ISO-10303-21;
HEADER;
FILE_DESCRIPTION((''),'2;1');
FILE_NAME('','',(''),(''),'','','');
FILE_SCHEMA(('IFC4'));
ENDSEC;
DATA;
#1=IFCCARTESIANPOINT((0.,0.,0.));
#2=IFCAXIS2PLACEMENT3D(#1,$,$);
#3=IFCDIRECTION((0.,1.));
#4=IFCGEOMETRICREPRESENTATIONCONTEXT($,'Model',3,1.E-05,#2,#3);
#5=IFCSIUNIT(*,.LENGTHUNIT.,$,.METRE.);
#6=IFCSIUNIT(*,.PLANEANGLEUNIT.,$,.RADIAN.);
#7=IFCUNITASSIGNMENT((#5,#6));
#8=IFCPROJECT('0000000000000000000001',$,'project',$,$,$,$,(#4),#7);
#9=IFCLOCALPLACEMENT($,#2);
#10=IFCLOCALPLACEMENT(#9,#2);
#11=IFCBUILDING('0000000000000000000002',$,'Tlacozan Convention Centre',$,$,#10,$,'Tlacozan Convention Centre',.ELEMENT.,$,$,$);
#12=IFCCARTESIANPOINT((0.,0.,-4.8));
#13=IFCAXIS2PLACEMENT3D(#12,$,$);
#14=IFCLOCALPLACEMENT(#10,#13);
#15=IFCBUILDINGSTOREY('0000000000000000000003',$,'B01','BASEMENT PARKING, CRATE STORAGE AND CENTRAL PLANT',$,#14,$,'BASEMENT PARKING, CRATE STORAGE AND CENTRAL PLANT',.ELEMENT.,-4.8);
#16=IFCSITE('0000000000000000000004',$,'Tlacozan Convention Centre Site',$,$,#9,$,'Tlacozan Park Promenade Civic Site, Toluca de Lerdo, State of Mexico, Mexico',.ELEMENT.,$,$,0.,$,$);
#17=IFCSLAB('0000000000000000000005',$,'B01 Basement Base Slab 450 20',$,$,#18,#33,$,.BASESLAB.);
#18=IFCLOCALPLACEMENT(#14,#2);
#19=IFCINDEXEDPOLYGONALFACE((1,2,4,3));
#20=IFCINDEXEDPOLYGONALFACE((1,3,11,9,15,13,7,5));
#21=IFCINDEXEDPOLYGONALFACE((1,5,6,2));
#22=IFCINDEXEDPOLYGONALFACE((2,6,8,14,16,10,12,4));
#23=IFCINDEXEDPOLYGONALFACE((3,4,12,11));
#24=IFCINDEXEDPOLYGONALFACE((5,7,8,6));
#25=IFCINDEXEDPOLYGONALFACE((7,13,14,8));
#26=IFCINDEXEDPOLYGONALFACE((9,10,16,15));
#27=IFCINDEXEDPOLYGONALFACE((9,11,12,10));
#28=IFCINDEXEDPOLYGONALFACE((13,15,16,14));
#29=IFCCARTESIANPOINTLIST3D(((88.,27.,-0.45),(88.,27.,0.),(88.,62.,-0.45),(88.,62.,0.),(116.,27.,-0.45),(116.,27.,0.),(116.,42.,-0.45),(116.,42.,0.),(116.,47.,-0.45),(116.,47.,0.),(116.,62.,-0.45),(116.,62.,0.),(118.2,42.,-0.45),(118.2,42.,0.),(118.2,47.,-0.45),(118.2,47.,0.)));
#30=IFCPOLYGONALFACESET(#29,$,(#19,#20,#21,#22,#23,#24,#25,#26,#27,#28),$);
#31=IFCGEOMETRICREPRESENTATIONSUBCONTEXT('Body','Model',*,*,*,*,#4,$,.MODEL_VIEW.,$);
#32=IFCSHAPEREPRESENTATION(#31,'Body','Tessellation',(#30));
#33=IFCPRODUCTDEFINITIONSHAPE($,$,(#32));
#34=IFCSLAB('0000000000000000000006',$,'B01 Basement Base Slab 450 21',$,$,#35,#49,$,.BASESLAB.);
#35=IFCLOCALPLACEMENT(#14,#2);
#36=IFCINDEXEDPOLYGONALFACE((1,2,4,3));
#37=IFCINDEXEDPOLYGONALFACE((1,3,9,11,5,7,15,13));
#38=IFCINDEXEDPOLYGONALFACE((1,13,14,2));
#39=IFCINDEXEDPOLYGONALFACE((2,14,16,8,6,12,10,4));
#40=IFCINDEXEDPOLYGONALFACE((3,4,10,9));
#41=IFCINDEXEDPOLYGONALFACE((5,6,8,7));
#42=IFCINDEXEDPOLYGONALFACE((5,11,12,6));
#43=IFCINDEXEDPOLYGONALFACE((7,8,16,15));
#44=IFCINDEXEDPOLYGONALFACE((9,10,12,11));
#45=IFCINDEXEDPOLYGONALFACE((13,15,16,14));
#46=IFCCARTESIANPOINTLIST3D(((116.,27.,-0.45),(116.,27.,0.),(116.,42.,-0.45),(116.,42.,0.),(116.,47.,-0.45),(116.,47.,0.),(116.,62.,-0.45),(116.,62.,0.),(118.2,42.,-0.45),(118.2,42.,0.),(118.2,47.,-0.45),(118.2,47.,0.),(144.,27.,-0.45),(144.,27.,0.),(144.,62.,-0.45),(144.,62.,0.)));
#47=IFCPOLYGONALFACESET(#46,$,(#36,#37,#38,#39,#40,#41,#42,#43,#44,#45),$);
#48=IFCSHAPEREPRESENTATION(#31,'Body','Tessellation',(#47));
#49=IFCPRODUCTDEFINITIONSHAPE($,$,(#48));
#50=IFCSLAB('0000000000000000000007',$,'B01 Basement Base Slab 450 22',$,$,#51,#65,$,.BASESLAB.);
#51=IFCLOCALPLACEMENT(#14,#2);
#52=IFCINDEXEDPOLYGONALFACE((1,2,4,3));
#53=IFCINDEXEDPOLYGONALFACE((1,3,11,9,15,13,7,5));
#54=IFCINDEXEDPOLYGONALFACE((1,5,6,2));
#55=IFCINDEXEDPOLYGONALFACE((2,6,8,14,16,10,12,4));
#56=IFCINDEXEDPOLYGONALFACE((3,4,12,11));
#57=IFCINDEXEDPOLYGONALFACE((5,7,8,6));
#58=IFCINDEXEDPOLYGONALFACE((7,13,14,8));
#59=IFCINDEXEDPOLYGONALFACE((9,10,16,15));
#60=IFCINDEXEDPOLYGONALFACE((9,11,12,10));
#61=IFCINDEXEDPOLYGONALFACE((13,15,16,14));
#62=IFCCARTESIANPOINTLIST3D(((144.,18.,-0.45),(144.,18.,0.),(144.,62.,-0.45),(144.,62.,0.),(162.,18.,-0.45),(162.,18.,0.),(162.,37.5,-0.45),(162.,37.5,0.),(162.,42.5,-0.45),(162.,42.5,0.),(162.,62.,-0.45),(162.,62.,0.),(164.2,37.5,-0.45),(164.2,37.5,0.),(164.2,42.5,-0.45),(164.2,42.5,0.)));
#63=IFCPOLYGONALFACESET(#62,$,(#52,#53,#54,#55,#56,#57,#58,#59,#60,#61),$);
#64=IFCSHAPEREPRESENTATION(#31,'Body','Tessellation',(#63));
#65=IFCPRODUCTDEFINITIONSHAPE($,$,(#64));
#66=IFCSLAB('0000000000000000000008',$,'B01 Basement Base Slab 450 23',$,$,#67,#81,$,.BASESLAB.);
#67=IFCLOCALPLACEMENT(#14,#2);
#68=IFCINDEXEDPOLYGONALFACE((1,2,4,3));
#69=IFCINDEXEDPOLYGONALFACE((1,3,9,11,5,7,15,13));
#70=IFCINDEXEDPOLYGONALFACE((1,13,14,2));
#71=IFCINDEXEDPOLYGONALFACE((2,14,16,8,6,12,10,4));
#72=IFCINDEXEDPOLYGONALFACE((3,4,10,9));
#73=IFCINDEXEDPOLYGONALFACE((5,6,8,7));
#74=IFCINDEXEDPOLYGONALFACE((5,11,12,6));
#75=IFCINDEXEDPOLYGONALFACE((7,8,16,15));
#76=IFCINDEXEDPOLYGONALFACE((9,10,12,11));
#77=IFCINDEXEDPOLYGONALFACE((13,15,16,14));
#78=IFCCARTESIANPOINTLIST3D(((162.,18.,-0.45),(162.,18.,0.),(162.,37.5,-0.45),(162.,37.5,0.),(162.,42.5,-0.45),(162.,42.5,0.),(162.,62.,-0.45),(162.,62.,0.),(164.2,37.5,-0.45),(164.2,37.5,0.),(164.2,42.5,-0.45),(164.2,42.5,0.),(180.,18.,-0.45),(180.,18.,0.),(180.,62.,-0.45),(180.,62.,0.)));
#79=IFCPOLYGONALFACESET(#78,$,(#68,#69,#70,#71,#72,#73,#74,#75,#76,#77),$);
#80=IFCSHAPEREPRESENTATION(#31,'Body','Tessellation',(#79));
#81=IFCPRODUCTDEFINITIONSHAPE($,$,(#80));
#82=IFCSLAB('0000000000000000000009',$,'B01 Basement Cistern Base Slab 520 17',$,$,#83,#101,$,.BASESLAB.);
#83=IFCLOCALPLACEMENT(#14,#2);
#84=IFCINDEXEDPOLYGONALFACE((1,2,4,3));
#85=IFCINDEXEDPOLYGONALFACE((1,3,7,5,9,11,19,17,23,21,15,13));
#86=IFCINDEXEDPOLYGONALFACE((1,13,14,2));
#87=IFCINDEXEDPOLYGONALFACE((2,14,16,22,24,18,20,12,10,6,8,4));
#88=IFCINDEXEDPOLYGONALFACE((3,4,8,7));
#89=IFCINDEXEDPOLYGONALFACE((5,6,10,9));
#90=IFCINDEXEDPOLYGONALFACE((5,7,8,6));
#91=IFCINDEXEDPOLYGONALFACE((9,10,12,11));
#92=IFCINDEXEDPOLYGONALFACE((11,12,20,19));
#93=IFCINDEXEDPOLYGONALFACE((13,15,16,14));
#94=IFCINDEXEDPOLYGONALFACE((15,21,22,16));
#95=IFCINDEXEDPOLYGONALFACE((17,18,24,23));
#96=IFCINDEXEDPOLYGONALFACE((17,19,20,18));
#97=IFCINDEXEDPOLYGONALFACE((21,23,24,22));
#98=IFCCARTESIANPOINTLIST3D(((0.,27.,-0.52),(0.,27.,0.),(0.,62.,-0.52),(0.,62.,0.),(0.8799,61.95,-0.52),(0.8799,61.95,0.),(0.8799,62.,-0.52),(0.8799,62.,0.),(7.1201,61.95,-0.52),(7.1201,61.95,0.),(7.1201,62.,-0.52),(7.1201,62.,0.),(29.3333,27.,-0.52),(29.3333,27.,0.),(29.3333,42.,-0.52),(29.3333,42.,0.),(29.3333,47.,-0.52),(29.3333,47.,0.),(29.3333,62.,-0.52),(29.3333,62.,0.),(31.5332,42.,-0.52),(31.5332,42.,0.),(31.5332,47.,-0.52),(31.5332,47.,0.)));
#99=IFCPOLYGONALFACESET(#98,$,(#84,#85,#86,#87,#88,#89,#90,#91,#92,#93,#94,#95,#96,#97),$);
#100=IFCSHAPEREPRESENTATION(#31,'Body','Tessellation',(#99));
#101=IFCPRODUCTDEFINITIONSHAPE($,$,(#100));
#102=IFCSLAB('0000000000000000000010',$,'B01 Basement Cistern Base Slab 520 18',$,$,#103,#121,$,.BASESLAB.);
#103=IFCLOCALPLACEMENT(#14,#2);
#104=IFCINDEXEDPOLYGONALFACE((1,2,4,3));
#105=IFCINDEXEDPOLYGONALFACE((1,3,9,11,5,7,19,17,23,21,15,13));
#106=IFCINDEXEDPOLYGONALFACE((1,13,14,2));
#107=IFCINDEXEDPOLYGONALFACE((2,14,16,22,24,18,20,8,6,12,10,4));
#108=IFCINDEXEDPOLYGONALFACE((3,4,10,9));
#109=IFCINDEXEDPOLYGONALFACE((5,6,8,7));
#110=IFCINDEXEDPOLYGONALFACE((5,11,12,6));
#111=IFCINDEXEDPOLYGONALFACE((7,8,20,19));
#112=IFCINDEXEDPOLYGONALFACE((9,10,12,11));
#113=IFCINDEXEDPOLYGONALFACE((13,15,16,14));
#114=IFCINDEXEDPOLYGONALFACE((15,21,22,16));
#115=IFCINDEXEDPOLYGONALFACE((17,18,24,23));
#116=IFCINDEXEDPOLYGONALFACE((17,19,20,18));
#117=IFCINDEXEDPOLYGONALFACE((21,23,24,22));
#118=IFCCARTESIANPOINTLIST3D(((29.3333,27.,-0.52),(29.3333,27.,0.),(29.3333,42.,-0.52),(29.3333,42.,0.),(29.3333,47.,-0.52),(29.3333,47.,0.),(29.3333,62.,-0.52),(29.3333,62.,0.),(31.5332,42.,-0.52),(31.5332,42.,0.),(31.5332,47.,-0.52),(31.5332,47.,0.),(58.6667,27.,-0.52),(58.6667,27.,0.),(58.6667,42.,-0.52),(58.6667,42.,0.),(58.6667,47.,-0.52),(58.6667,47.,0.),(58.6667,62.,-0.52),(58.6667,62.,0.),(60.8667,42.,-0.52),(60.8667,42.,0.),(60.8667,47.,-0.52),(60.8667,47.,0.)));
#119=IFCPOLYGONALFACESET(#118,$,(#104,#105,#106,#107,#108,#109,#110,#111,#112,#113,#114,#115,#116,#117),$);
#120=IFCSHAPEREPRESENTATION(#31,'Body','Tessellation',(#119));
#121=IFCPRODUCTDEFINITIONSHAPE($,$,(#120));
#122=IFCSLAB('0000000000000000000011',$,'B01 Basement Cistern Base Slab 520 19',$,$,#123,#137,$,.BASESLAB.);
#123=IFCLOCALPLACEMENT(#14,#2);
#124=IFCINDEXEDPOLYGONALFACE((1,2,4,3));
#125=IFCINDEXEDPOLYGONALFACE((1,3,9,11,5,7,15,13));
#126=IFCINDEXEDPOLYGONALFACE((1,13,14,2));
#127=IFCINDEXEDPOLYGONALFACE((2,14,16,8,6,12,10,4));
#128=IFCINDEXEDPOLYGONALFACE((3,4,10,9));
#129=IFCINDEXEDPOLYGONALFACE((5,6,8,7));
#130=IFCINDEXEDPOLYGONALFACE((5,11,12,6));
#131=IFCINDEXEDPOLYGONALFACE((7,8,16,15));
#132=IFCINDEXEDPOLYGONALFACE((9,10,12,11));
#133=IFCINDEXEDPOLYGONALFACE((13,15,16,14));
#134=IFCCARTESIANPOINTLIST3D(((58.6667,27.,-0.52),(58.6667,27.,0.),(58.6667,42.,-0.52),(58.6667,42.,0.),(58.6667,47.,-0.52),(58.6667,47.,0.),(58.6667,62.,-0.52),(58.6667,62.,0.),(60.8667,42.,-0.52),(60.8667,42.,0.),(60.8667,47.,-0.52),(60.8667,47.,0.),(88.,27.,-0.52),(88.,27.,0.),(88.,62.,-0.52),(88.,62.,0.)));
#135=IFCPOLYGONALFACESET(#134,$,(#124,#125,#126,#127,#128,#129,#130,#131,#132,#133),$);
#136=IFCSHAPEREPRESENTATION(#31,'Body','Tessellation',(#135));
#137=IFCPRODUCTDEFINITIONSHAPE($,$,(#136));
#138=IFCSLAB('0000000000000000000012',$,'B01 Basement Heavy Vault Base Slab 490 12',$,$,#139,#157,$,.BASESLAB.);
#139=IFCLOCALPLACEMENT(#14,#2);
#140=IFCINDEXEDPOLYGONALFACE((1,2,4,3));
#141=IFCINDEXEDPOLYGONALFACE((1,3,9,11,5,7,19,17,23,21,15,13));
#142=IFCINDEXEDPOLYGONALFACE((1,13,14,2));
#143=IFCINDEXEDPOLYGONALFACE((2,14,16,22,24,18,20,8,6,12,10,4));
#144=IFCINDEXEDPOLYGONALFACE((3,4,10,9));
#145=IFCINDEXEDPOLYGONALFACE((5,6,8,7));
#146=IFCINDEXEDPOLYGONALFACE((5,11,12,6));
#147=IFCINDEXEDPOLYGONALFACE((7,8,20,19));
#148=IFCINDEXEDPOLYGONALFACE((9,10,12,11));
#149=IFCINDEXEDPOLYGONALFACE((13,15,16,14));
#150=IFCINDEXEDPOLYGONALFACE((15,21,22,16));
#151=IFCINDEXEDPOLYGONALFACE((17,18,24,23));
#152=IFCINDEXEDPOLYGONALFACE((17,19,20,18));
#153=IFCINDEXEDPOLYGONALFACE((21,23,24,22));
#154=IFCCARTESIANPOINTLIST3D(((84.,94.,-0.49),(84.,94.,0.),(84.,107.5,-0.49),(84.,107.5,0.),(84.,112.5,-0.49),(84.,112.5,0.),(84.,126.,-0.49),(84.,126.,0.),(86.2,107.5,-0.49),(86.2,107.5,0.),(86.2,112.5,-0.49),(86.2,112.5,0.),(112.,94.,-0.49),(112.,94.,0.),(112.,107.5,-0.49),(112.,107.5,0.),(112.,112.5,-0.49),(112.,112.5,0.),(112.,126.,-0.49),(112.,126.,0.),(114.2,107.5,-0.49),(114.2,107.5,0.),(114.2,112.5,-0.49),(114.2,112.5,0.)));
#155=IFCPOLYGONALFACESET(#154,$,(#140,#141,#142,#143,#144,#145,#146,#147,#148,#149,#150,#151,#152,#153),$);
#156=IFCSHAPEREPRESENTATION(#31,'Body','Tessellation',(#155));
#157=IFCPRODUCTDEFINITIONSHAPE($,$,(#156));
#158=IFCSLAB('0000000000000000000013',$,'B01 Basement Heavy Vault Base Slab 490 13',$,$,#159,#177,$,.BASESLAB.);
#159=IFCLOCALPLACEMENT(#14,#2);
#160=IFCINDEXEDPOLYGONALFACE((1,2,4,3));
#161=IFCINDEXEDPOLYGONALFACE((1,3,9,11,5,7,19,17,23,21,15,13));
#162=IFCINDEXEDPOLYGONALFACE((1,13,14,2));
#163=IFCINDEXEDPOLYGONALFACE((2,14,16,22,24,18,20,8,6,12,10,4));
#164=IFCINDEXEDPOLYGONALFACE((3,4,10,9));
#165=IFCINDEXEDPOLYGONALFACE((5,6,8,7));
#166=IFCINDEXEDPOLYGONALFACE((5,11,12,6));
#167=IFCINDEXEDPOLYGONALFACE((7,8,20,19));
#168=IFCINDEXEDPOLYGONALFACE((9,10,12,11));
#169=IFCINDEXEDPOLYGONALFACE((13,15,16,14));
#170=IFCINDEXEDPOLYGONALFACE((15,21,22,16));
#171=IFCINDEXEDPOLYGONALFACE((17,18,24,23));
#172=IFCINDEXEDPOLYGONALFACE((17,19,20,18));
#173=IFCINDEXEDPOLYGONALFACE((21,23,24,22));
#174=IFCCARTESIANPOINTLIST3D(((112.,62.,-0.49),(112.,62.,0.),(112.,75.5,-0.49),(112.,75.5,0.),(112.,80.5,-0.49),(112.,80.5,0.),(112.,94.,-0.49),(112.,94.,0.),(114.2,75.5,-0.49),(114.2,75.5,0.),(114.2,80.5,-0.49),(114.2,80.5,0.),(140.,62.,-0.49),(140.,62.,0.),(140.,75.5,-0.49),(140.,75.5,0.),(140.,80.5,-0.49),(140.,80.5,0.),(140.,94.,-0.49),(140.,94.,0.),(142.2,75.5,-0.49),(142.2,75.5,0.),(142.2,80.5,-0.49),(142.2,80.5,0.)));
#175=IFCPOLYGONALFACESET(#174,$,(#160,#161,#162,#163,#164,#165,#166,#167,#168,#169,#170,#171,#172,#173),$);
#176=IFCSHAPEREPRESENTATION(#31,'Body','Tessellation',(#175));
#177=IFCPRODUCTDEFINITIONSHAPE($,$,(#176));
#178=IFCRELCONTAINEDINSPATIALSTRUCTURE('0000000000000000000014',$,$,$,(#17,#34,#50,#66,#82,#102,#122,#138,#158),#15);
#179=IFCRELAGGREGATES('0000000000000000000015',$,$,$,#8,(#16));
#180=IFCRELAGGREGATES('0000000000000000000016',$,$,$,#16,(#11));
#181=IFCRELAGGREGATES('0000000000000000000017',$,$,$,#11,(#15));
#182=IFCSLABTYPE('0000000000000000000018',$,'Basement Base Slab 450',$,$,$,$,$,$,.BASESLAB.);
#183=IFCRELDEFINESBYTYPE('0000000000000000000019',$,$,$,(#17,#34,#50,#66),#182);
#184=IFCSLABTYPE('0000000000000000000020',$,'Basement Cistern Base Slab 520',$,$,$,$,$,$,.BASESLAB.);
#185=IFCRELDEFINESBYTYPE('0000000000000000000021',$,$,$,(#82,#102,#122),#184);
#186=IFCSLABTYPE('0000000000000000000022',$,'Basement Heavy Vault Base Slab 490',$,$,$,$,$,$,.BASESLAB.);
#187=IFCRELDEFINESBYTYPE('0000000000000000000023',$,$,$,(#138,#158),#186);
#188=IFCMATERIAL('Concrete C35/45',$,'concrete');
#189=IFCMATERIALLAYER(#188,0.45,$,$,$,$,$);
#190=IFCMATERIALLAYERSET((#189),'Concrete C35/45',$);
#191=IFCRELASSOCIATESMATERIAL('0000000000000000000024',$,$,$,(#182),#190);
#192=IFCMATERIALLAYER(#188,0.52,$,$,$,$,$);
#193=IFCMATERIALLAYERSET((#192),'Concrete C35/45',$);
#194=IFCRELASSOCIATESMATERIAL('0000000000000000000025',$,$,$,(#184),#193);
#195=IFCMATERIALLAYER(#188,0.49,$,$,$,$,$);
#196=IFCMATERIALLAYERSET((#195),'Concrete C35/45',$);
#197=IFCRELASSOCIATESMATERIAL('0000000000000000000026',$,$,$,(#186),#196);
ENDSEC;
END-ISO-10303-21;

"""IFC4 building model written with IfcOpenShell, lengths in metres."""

from ifc_helpers import new_model, si_unit, direction, frame, origin, place, context, subcontext, project, spatial, polyline, outline, extrude, material, layer, layer_set, type_object, element, save


model = new_model("IFC4")

# Units and contexts
model_context = context("Model", 3, precision=1e-05, world=origin(), true_north=direction((0.0, 1.0)))
body_context = subcontext(model_context, "Body", "Model", "MODEL_VIEW")
ifc_project = project(units=[si_unit("LENGTHUNIT", "METRE"), si_unit("PLANEANGLEUNIT", "RADIAN")], contexts=[model_context])

# Site, building, storey
site_placement = place(None, origin())
site = spatial("IfcSite", under=ifc_project, at=site_placement, Name="Tlacozan Convention Centre Site", LongName="Tlacozan Park Promenade Civic Site, Toluca de Lerdo, State of Mexico, Mexico", CompositionType="ELEMENT", RefElevation=0.0)
building_placement = place(site_placement, origin())
building = spatial("IfcBuilding", under=site, at=building_placement, Name="Tlacozan Convention Centre", LongName="Tlacozan Convention Centre", CompositionType="ELEMENT")
storey_placement = place(building_placement, frame((0.0, 0.0, -4.8)))
storey = spatial("IfcBuildingStorey", under=building, at=storey_placement, Name="B01", Description="BASEMENT PARKING, CRATE STORAGE AND CENTRAL PLANT", LongName="BASEMENT PARKING, CRATE STORAGE AND CENTRAL PLANT", CompositionType="ELEMENT", Elevation=-4.8)

# Slabs
ifc_material_1 = material(Name="Concrete C35/45", Category="concrete")
ifc_layer_1 = layer(ifc_material_1, 0.45)
ifc_layer_set_1 = layer_set([ifc_layer_1], Name="Concrete C35/45")
slab_type_1 = type_object("IfcSlabType", Name="Basement Base Slab 450", PredefinedType="BASESLAB", material=ifc_layer_set_1)
slab_1_placement = place(storey_placement, frame((0.0, 0.0, -0.45)))
element("IfcSlab", 1, at=slab_1_placement, inside=storey, type_object=slab_type_1, Name="B01 Basement Base Slab 450 20", PredefinedType="BASESLAB", context=body_context, shape_type="SweptSolid", body=[
    extrude(outline(polyline([(88.0, 27.0), (88.0, 62.0), (116.0, 62.0), (116.0, 47.0), (118.2, 47.0), (118.2, 42.0), (116.0, 42.0), (116.0, 27.0), (88.0, 27.0)])), origin(), (0.0, 0.0, 1.0), 0.45),
])
slab_2_placement = place(storey_placement, frame((0.0, 0.0, -0.45)))
element("IfcSlab", 2, at=slab_2_placement, inside=storey, type_object=slab_type_1, Name="B01 Basement Base Slab 450 21", PredefinedType="BASESLAB", context=body_context, shape_type="SweptSolid", body=[
    extrude(outline(polyline([(144.0, 62.0), (144.0, 27.0), (116.0, 27.0), (116.0, 42.0), (118.2, 42.0), (118.2, 47.0), (116.0, 47.0), (116.0, 62.0), (144.0, 62.0)])), origin(), (0.0, 0.0, 1.0), 0.45),
])
slab_3_placement = place(storey_placement, frame((0.0, 0.0, -0.45)))
element("IfcSlab", 3, at=slab_3_placement, inside=storey, type_object=slab_type_1, Name="B01 Basement Base Slab 450 22", PredefinedType="BASESLAB", context=body_context, shape_type="SweptSolid", body=[
    extrude(outline(polyline([(144.0, 18.0), (144.0, 62.0), (162.0, 62.0), (162.0, 42.5), (164.2, 42.5), (164.2, 37.5), (162.0, 37.5), (162.0, 18.0), (144.0, 18.0)])), origin(), (0.0, 0.0, 1.0), 0.45),
])
slab_4_placement = place(storey_placement, frame((0.0, 0.0, -0.45)))
element("IfcSlab", 4, at=slab_4_placement, inside=storey, type_object=slab_type_1, Name="B01 Basement Base Slab 450 23", PredefinedType="BASESLAB", context=body_context, shape_type="SweptSolid", body=[
    extrude(outline(polyline([(180.0, 62.0), (180.0, 18.0), (162.0, 18.0), (162.0, 37.5), (164.2, 37.5), (164.2, 42.5), (162.0, 42.5), (162.0, 62.0), (180.0, 62.0)])), origin(), (0.0, 0.0, 1.0), 0.45),
])
ifc_layer_2 = layer(ifc_material_1, 0.52)
ifc_layer_set_2 = layer_set([ifc_layer_2], Name="Concrete C35/45")
slab_type_2 = type_object("IfcSlabType", Name="Basement Cistern Base Slab 520", PredefinedType="BASESLAB", material=ifc_layer_set_2)
slab_5_placement = place(storey_placement, frame((0.0, 0.0, -0.52)))
element("IfcSlab", 5, at=slab_5_placement, inside=storey, type_object=slab_type_2, Name="B01 Basement Cistern Base Slab 520 17", PredefinedType="BASESLAB", context=body_context, shape_type="SweptSolid", body=[
    extrude(outline(polyline([(0.0, 27.0), (0.0, 62.0), (0.8799, 62.0), (0.8799, 61.95), (7.1201, 61.95), (7.1201, 62.0), (29.3333, 62.0), (29.3333, 47.0), (31.5332, 47.0), (31.5332, 42.0), (29.3333, 42.0), (29.3333, 27.0), (0.0, 27.0)])), origin(), (0.0, 0.0, 1.0), 0.52),
])
slab_6_placement = place(storey_placement, frame((0.0, 0.0, -0.52)))
element("IfcSlab", 6, at=slab_6_placement, inside=storey, type_object=slab_type_2, Name="B01 Basement Cistern Base Slab 520 18", PredefinedType="BASESLAB", context=body_context, shape_type="SweptSolid", body=[
    extrude(outline(polyline([(29.3333, 42.0), (31.5332, 42.0), (31.5332, 47.0), (29.3333, 47.0), (29.3333, 62.0), (58.6667, 62.0), (58.6667, 47.0), (60.8667, 47.0), (60.8667, 42.0), (58.6667, 42.0), (58.6667, 27.0), (29.3333, 27.0), (29.3333, 42.0)])), origin(), (0.0, 0.0, 1.0), 0.52),
])
slab_7_placement = place(storey_placement, frame((0.0, 0.0, -0.52)))
element("IfcSlab", 7, at=slab_7_placement, inside=storey, type_object=slab_type_2, Name="B01 Basement Cistern Base Slab 520 19", PredefinedType="BASESLAB", context=body_context, shape_type="SweptSolid", body=[
    extrude(outline(polyline([(88.0, 62.0), (88.0, 27.0), (58.6667, 27.0), (58.6667, 42.0), (60.8667, 42.0), (60.8667, 47.0), (58.6667, 47.0), (58.6667, 62.0), (88.0, 62.0)])), origin(), (0.0, 0.0, 1.0), 0.52),
])
ifc_layer_3 = layer(ifc_material_1, 0.49)
ifc_layer_set_3 = layer_set([ifc_layer_3], Name="Concrete C35/45")
slab_type_3 = type_object("IfcSlabType", Name="Basement Heavy Vault Base Slab 490", PredefinedType="BASESLAB", material=ifc_layer_set_3)
slab_8_placement = place(storey_placement, frame((0.0, 0.0, -0.49)))
element("IfcSlab", 8, at=slab_8_placement, inside=storey, type_object=slab_type_3, Name="B01 Basement Heavy Vault Base Slab 490 12", PredefinedType="BASESLAB", context=body_context, shape_type="SweptSolid", body=[
    extrude(outline(polyline([(84.0, 107.5), (86.2, 107.5), (86.2, 112.5), (84.0, 112.5), (84.0, 126.0), (112.0, 126.0), (112.0, 112.5), (114.2, 112.5), (114.2, 107.5), (112.0, 107.5), (112.0, 94.0), (84.0, 94.0), (84.0, 107.5)])), origin(), (0.0, 0.0, 1.0), 0.49),
])
slab_9_placement = place(storey_placement, frame((0.0, 0.0, -0.49)))
element("IfcSlab", 9, at=slab_9_placement, inside=storey, type_object=slab_type_3, Name="B01 Basement Heavy Vault Base Slab 490 13", PredefinedType="BASESLAB", context=body_context, shape_type="SweptSolid", body=[
    extrude(outline(polyline([(112.0, 75.5), (114.2, 75.5), (114.2, 80.5), (112.0, 80.5), (112.0, 94.0), (140.0, 94.0), (140.0, 80.5), (142.2, 80.5), (142.2, 75.5), (140.0, 75.5), (140.0, 62.0), (112.0, 62.0), (112.0, 75.5)])), origin(), (0.0, 0.0, 1.0), 0.49),
])

save(model, "model.ifc")
